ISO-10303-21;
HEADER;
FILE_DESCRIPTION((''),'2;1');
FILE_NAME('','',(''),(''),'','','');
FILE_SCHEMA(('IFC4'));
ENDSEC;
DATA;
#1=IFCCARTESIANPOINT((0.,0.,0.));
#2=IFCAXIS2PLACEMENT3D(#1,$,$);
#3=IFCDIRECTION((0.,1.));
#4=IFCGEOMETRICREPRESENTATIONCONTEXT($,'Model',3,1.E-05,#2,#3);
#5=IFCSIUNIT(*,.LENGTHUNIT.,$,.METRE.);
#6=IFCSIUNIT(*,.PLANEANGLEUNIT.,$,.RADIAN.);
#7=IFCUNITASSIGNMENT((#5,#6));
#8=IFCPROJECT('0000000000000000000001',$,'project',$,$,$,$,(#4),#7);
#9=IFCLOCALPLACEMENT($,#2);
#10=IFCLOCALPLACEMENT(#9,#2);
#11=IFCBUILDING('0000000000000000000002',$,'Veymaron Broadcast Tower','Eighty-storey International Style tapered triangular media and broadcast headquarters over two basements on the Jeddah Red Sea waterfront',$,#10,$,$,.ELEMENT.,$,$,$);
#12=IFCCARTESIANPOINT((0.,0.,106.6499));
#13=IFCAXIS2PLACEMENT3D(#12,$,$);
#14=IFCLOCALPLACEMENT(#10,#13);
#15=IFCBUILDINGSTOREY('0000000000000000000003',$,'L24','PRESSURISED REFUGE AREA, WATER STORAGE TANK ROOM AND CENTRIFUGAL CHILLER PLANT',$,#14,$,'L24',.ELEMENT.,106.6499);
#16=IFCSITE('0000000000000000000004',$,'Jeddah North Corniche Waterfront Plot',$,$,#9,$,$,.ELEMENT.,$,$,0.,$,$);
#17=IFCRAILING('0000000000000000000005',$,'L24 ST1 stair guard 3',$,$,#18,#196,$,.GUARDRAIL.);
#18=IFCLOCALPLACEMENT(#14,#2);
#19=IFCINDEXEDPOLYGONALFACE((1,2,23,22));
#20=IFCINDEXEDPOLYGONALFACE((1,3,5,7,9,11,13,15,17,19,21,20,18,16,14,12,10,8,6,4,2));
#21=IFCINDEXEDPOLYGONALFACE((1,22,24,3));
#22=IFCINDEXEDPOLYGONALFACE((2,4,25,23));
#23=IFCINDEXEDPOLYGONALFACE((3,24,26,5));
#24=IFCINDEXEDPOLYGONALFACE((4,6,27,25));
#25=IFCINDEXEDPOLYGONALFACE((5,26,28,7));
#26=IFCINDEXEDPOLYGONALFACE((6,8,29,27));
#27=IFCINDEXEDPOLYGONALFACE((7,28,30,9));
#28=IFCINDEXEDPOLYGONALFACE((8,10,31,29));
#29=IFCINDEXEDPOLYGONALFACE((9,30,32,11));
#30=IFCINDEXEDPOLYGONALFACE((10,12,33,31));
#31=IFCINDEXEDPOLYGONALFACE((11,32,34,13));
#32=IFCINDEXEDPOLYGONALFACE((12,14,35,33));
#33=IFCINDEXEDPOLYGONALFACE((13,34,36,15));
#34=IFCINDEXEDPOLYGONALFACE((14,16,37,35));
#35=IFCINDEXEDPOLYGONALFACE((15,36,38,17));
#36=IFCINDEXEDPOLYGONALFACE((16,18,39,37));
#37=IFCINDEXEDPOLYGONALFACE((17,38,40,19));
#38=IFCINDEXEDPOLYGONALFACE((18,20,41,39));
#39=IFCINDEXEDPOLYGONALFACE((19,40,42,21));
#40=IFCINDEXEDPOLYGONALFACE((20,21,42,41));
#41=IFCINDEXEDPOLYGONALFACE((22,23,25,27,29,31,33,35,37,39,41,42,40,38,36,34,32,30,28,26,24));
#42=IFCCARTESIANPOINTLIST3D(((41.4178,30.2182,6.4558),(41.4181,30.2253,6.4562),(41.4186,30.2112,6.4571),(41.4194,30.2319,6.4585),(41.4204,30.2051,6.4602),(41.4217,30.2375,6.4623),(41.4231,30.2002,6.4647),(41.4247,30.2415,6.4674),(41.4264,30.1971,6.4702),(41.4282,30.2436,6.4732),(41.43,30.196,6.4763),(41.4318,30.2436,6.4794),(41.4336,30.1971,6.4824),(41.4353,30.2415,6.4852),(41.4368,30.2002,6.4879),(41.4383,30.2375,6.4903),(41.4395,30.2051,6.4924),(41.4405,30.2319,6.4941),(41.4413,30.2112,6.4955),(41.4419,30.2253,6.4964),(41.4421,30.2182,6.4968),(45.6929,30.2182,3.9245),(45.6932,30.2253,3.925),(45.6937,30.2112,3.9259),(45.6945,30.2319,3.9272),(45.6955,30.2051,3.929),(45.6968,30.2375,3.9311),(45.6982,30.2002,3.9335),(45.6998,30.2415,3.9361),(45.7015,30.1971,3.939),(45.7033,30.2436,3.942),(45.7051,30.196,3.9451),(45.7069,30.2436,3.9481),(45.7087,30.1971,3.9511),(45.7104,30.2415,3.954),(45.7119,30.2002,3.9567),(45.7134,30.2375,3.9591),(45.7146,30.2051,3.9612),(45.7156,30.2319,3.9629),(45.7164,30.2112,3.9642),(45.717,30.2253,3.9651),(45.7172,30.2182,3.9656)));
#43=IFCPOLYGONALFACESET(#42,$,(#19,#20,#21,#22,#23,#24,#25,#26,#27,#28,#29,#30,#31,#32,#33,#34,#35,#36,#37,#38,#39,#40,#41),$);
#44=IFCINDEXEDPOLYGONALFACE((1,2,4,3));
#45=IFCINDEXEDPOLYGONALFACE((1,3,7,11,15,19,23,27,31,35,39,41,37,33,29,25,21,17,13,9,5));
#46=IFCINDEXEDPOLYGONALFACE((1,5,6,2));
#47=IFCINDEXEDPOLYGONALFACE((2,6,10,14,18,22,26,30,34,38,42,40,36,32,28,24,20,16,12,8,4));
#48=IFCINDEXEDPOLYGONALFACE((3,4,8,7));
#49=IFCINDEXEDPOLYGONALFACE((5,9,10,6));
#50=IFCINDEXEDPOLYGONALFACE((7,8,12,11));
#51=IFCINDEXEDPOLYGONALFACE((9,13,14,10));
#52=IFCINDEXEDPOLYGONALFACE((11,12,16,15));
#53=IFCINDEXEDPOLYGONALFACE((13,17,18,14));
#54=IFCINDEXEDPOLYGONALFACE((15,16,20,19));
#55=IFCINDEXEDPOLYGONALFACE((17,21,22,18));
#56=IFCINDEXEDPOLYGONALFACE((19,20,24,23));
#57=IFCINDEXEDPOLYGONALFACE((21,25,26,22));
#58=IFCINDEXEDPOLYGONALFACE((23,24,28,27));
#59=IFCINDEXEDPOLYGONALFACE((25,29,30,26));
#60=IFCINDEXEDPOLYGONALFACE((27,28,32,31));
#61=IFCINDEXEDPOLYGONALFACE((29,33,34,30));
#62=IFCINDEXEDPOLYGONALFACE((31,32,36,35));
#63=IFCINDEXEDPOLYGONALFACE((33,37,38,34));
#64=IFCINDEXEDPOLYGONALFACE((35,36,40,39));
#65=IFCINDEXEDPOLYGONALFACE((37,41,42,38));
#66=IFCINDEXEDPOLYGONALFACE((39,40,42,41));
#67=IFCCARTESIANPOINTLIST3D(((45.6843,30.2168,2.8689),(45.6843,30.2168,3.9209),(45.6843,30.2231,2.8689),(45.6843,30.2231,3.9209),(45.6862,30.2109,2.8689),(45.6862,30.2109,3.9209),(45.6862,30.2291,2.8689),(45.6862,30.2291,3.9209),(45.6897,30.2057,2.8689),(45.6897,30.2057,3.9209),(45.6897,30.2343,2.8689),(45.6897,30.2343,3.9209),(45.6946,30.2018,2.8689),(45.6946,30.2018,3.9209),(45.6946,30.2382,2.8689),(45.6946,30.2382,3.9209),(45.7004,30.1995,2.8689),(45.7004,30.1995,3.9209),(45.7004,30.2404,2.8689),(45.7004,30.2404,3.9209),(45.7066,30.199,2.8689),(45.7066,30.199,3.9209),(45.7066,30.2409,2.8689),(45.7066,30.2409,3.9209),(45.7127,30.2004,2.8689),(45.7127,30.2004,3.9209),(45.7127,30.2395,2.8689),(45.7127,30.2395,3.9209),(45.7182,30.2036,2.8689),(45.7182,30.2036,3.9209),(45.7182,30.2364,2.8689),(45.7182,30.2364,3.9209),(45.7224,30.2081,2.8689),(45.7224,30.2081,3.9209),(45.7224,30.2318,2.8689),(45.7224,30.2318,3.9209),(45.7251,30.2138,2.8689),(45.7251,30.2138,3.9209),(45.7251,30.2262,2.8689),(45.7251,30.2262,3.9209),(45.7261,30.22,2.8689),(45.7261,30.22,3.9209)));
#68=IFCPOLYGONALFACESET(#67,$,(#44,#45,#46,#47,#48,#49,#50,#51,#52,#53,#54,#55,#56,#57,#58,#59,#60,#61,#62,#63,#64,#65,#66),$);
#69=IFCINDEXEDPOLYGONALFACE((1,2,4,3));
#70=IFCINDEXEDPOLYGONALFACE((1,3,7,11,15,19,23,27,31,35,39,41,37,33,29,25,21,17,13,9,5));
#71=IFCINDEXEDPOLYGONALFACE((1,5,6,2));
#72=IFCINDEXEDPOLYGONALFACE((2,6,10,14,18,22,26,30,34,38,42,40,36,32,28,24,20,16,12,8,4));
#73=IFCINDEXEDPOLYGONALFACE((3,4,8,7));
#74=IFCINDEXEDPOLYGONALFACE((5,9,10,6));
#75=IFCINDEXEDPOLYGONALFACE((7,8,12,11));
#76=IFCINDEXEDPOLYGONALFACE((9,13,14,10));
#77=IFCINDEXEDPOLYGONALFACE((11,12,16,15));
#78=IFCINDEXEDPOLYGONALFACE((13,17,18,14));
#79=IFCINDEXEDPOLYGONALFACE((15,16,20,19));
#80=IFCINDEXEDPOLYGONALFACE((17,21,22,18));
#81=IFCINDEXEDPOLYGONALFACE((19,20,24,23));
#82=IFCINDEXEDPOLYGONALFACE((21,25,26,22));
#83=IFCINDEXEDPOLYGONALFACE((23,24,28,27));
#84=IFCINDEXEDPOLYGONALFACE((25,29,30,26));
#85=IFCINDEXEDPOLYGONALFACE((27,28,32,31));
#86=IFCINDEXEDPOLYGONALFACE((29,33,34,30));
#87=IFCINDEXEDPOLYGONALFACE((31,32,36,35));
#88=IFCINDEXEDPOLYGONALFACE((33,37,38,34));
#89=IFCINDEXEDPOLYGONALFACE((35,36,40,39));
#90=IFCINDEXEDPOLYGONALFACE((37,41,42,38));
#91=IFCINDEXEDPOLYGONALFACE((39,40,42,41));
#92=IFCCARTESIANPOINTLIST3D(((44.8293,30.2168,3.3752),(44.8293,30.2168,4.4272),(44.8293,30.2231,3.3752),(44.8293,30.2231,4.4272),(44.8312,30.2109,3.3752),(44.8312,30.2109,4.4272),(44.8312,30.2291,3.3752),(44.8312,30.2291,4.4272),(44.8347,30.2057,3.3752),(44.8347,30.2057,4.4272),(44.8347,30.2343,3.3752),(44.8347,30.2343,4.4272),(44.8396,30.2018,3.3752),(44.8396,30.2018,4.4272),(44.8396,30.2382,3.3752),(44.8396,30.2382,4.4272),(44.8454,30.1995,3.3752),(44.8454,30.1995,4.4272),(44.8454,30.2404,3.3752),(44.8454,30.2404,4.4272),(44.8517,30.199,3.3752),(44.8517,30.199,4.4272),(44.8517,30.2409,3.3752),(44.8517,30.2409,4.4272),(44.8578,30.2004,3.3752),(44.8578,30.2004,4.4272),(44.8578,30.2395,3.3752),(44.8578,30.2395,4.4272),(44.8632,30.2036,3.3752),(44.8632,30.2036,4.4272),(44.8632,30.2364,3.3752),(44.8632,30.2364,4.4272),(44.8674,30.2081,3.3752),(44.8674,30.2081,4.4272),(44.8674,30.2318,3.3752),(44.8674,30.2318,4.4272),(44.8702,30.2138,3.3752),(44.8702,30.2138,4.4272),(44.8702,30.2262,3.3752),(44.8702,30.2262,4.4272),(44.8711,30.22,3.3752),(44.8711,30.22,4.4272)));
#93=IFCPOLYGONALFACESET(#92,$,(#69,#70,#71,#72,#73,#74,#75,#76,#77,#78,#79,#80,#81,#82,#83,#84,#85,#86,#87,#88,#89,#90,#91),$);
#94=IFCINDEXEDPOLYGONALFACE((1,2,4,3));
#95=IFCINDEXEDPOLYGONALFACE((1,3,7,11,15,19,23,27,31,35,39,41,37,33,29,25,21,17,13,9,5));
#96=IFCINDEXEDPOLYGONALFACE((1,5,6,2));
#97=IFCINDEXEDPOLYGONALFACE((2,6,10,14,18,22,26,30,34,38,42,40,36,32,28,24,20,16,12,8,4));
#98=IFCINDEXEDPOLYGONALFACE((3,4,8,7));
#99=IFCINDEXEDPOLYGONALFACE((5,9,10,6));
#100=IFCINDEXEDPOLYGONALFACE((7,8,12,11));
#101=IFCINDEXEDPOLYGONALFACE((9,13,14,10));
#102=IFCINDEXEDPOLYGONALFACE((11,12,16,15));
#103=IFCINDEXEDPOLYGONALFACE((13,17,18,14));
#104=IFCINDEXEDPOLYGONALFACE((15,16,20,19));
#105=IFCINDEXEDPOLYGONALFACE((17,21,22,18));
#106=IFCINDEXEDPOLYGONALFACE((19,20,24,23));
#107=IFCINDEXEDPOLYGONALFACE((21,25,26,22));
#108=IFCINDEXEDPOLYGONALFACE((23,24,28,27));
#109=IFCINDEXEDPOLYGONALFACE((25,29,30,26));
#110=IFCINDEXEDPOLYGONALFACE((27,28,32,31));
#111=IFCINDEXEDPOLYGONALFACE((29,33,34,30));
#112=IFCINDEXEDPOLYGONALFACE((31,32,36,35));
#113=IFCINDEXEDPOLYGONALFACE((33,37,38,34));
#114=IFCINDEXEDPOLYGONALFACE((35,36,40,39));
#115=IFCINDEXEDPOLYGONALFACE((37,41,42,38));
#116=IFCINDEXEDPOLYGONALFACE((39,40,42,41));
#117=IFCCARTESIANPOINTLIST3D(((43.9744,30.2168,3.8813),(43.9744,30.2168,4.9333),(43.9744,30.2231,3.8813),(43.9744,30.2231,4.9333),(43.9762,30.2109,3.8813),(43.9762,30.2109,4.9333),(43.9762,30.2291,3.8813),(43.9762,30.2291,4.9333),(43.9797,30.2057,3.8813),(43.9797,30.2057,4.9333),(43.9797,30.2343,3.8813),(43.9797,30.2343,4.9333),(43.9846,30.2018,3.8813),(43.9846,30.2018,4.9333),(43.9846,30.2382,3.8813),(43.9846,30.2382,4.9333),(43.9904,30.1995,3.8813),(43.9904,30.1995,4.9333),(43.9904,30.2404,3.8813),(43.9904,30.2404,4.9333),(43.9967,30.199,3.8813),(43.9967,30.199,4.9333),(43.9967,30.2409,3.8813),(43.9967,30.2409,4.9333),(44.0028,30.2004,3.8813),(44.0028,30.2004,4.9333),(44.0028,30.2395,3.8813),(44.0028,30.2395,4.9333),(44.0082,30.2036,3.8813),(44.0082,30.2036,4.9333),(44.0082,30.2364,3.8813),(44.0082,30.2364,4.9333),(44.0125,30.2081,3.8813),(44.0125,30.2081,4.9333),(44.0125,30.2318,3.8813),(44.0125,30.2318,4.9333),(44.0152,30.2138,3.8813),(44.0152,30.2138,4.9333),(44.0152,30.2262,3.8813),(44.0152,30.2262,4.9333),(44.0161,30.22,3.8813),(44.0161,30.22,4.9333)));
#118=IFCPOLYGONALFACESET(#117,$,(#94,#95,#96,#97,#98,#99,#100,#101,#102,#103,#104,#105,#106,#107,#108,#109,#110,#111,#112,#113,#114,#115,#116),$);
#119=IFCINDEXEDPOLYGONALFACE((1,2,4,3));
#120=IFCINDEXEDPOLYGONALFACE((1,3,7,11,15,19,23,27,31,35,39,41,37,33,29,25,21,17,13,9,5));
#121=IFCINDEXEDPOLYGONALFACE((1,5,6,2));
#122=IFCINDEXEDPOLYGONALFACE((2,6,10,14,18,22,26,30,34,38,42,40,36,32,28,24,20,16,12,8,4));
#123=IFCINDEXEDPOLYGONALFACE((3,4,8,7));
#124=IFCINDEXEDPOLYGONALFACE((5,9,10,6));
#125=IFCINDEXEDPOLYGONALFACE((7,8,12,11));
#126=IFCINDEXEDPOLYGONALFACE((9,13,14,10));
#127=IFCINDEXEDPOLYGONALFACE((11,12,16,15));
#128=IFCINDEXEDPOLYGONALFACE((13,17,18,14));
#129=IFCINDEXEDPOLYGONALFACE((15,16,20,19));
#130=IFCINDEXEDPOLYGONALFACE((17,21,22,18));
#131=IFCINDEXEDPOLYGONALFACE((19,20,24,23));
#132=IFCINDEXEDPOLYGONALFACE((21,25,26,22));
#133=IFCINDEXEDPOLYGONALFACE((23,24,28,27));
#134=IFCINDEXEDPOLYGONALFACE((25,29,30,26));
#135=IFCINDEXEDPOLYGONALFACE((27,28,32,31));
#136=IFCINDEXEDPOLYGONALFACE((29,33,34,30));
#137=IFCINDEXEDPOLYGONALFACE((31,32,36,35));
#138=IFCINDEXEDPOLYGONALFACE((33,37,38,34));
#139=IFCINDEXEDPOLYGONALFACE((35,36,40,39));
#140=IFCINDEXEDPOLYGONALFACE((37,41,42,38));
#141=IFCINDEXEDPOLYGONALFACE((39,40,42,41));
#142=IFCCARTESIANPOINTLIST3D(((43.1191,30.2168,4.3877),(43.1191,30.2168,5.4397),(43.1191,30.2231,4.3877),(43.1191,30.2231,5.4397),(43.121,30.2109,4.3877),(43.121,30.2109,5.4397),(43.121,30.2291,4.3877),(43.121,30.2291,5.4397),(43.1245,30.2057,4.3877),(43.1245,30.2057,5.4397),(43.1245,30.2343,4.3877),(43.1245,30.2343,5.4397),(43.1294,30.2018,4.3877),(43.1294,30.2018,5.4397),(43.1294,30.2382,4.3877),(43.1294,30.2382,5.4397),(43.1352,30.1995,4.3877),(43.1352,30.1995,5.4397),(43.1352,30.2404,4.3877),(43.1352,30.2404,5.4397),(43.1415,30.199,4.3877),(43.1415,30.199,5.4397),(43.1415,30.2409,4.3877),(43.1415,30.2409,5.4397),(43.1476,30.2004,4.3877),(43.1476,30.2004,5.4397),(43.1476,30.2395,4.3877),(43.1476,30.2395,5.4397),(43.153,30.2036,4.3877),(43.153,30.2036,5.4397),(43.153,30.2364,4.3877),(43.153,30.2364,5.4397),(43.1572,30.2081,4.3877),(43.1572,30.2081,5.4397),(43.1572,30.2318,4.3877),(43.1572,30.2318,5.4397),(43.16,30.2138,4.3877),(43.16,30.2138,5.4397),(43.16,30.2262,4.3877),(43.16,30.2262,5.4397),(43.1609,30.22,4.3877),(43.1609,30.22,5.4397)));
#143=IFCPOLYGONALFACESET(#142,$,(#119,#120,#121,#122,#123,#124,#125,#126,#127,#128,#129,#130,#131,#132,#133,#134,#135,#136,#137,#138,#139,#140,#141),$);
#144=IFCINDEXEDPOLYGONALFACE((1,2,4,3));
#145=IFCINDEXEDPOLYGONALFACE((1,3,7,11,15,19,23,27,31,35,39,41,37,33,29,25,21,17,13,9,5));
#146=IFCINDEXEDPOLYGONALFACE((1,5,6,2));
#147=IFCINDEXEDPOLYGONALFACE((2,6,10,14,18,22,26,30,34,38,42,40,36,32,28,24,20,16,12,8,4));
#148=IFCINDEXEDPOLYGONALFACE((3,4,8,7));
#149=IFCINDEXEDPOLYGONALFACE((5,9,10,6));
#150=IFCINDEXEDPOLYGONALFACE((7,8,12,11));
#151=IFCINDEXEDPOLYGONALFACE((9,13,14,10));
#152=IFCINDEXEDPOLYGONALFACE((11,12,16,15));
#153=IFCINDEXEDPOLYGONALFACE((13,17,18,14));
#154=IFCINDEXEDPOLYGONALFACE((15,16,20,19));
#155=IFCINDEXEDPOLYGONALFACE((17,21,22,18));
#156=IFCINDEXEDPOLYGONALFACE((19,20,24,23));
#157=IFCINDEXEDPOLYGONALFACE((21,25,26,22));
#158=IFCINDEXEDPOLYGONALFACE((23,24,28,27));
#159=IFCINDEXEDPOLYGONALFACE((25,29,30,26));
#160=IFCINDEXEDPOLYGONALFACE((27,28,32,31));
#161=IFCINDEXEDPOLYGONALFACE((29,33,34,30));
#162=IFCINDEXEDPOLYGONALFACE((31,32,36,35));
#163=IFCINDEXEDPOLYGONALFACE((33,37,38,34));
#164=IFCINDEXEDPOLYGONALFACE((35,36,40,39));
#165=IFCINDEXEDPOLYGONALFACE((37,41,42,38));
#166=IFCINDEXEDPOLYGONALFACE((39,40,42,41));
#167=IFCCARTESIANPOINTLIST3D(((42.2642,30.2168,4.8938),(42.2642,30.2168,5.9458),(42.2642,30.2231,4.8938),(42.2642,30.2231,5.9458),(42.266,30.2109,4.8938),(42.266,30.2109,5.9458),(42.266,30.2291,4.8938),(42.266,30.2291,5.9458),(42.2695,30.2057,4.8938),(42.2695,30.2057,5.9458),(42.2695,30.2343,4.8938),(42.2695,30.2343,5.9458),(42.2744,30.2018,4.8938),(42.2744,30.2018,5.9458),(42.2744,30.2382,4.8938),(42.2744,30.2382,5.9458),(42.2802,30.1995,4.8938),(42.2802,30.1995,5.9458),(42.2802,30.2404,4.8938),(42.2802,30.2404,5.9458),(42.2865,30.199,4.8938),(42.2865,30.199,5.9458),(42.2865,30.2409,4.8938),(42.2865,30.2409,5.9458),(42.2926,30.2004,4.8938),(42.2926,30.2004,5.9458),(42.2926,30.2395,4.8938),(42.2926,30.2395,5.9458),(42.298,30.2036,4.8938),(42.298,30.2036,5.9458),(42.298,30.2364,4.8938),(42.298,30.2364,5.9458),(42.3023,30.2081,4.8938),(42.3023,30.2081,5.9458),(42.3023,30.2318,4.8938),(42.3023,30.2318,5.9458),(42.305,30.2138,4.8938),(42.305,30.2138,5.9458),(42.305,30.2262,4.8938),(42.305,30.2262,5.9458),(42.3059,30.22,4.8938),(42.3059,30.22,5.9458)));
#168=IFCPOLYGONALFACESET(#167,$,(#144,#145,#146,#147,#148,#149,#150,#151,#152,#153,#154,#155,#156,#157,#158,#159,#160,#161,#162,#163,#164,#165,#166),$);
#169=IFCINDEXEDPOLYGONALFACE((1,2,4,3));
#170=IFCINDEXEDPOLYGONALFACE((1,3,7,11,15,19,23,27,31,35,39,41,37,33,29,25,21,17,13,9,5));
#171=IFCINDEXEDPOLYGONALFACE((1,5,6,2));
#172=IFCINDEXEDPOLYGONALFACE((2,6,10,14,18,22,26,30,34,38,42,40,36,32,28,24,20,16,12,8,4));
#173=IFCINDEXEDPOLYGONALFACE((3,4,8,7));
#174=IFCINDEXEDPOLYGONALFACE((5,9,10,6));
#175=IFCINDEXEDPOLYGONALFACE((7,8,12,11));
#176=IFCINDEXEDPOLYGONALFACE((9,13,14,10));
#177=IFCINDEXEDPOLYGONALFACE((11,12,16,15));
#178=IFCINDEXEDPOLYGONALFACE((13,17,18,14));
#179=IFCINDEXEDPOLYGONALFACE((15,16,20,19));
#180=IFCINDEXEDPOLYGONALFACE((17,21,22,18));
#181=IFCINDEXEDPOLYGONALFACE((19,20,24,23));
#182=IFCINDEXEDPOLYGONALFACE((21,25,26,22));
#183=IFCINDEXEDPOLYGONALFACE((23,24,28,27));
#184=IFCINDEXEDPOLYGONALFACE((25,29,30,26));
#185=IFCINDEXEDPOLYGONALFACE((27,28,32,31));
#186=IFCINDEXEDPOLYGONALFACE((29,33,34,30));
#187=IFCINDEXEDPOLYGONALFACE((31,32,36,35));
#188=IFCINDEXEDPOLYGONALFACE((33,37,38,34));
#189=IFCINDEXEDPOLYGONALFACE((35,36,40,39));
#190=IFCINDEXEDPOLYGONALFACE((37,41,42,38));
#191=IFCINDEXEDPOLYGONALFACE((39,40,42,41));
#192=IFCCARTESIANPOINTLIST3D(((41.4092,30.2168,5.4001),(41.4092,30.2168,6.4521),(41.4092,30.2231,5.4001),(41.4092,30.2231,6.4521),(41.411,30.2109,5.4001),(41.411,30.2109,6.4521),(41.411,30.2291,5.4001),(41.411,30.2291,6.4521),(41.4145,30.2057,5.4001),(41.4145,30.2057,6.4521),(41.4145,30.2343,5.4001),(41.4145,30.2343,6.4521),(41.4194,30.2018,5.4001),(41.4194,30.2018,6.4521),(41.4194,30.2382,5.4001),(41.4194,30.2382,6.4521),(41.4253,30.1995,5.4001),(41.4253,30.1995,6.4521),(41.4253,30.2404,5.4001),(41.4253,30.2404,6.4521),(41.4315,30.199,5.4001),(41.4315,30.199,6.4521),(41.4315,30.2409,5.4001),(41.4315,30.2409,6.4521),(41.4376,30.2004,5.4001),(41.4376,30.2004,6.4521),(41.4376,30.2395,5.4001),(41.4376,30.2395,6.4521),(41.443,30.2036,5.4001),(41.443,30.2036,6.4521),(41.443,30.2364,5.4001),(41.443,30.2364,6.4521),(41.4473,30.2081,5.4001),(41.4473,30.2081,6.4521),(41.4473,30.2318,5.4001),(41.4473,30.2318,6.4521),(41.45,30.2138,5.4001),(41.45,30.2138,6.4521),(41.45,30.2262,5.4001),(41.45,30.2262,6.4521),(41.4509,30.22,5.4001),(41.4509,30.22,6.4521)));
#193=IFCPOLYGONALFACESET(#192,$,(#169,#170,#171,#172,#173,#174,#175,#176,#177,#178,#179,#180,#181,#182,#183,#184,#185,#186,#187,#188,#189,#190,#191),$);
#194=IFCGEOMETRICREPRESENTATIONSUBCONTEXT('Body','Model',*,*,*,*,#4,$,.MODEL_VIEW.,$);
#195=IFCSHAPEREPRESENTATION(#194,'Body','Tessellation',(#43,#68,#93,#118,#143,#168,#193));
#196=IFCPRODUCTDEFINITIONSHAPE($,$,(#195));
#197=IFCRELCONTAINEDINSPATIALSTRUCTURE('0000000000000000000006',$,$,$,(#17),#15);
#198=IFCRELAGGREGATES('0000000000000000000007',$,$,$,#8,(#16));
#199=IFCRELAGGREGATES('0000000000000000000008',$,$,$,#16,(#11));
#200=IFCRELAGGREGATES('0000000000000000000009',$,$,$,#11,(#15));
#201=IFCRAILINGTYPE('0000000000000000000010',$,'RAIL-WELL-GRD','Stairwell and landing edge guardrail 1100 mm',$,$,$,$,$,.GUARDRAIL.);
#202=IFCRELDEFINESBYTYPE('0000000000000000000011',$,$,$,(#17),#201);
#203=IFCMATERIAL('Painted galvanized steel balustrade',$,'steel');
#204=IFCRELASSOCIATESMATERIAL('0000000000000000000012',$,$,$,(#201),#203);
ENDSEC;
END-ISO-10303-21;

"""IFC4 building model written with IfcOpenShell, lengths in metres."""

from ifc_helpers import new_model, si_unit, direction, frame, origin, origin_2d, place, context, subcontext, project, spatial, circle, extrude, material, type_object, element, save


model = new_model("IFC4")

# Units and contexts
model_context = context("Model", 3, precision=1e-05, world=origin(), true_north=direction((0.0, 1.0)))
body_context = subcontext(model_context, "Body", "Model", "MODEL_VIEW")
ifc_project = project(units=[si_unit("LENGTHUNIT", "METRE"), si_unit("PLANEANGLEUNIT", "RADIAN")], contexts=[model_context])

# Site, building, storey
site_placement = place(None, origin())
site = spatial("IfcSite", under=ifc_project, at=site_placement, Name="Jeddah North Corniche Waterfront Plot", CompositionType="ELEMENT", RefElevation=0.0)
building_placement = place(site_placement, origin())
building = spatial("IfcBuilding", under=site, at=building_placement, Name="Veymaron Broadcast Tower", Description="Eighty-storey International Style tapered triangular media and broadcast headquarters over two basements on the Jeddah Red Sea waterfront", CompositionType="ELEMENT")
storey_placement = place(building_placement, frame((0.0, 0.0, 106.6499)))
storey = spatial("IfcBuildingStorey", under=building, at=storey_placement, Name="L24", Description="PRESSURISED REFUGE AREA, WATER STORAGE TANK ROOM AND CENTRIFUGAL CHILLER PLANT", LongName="L24", CompositionType="ELEMENT", Elevation=106.6499)

# Railing
ifc_material_1 = material(Name="Painted galvanized steel balustrade", Category="steel")
railing_type_1 = type_object("IfcRailingType", Name="RAIL-WELL-GRD", Description="Stairwell and landing edge guardrail 1100 mm", PredefinedType="GUARDRAIL", material=ifc_material_1)
railing_1_placement = place(storey_placement, frame((45.7051, 30.22, 2.8689)))
element("IfcRailing", 1, at=railing_1_placement, inside=storey, type_object=railing_type_1, Name="L24 ST1 stair guard 3", PredefinedType="GUARDRAIL", context=body_context, shape_type="SweptSolid", body=[
    extrude(circle(Radius=0.0239, at=origin_2d()), frame((0.0, 0.0, 1.0762), z_axis=(-0.860483, 0.0, 0.509479), x_axis=(0.0, -1.0, 0.0)), (0.0, 0.0, 1.0), 4.9683),
    extrude(circle(Radius=0.021, at=origin_2d()), origin(), (0.0, 0.0, 1.0), 1.052),
    extrude(circle(Radius=0.021, at=origin_2d()), frame((-0.855, 0.0, 0.5063)), (0.0, 0.0, 1.0), 1.052),
    extrude(circle(Radius=0.021, at=origin_2d()), frame((-1.71, 0.0, 1.0125)), (0.0, 0.0, 1.0), 1.052),
    extrude(circle(Radius=0.021, at=origin_2d()), frame((-2.5652, 0.0, 1.5188)), (0.0, 0.0, 1.0), 1.052),
    extrude(circle(Radius=0.021, at=origin_2d()), frame((-3.4202, 0.0, 2.0249)), (0.0, 0.0, 1.0), 1.052),
    extrude(circle(Radius=0.021, at=origin_2d()), frame((-4.2751, 0.0, 2.5312)), (0.0, 0.0, 1.0), 1.052),
])

save(model, "model.ifc")
